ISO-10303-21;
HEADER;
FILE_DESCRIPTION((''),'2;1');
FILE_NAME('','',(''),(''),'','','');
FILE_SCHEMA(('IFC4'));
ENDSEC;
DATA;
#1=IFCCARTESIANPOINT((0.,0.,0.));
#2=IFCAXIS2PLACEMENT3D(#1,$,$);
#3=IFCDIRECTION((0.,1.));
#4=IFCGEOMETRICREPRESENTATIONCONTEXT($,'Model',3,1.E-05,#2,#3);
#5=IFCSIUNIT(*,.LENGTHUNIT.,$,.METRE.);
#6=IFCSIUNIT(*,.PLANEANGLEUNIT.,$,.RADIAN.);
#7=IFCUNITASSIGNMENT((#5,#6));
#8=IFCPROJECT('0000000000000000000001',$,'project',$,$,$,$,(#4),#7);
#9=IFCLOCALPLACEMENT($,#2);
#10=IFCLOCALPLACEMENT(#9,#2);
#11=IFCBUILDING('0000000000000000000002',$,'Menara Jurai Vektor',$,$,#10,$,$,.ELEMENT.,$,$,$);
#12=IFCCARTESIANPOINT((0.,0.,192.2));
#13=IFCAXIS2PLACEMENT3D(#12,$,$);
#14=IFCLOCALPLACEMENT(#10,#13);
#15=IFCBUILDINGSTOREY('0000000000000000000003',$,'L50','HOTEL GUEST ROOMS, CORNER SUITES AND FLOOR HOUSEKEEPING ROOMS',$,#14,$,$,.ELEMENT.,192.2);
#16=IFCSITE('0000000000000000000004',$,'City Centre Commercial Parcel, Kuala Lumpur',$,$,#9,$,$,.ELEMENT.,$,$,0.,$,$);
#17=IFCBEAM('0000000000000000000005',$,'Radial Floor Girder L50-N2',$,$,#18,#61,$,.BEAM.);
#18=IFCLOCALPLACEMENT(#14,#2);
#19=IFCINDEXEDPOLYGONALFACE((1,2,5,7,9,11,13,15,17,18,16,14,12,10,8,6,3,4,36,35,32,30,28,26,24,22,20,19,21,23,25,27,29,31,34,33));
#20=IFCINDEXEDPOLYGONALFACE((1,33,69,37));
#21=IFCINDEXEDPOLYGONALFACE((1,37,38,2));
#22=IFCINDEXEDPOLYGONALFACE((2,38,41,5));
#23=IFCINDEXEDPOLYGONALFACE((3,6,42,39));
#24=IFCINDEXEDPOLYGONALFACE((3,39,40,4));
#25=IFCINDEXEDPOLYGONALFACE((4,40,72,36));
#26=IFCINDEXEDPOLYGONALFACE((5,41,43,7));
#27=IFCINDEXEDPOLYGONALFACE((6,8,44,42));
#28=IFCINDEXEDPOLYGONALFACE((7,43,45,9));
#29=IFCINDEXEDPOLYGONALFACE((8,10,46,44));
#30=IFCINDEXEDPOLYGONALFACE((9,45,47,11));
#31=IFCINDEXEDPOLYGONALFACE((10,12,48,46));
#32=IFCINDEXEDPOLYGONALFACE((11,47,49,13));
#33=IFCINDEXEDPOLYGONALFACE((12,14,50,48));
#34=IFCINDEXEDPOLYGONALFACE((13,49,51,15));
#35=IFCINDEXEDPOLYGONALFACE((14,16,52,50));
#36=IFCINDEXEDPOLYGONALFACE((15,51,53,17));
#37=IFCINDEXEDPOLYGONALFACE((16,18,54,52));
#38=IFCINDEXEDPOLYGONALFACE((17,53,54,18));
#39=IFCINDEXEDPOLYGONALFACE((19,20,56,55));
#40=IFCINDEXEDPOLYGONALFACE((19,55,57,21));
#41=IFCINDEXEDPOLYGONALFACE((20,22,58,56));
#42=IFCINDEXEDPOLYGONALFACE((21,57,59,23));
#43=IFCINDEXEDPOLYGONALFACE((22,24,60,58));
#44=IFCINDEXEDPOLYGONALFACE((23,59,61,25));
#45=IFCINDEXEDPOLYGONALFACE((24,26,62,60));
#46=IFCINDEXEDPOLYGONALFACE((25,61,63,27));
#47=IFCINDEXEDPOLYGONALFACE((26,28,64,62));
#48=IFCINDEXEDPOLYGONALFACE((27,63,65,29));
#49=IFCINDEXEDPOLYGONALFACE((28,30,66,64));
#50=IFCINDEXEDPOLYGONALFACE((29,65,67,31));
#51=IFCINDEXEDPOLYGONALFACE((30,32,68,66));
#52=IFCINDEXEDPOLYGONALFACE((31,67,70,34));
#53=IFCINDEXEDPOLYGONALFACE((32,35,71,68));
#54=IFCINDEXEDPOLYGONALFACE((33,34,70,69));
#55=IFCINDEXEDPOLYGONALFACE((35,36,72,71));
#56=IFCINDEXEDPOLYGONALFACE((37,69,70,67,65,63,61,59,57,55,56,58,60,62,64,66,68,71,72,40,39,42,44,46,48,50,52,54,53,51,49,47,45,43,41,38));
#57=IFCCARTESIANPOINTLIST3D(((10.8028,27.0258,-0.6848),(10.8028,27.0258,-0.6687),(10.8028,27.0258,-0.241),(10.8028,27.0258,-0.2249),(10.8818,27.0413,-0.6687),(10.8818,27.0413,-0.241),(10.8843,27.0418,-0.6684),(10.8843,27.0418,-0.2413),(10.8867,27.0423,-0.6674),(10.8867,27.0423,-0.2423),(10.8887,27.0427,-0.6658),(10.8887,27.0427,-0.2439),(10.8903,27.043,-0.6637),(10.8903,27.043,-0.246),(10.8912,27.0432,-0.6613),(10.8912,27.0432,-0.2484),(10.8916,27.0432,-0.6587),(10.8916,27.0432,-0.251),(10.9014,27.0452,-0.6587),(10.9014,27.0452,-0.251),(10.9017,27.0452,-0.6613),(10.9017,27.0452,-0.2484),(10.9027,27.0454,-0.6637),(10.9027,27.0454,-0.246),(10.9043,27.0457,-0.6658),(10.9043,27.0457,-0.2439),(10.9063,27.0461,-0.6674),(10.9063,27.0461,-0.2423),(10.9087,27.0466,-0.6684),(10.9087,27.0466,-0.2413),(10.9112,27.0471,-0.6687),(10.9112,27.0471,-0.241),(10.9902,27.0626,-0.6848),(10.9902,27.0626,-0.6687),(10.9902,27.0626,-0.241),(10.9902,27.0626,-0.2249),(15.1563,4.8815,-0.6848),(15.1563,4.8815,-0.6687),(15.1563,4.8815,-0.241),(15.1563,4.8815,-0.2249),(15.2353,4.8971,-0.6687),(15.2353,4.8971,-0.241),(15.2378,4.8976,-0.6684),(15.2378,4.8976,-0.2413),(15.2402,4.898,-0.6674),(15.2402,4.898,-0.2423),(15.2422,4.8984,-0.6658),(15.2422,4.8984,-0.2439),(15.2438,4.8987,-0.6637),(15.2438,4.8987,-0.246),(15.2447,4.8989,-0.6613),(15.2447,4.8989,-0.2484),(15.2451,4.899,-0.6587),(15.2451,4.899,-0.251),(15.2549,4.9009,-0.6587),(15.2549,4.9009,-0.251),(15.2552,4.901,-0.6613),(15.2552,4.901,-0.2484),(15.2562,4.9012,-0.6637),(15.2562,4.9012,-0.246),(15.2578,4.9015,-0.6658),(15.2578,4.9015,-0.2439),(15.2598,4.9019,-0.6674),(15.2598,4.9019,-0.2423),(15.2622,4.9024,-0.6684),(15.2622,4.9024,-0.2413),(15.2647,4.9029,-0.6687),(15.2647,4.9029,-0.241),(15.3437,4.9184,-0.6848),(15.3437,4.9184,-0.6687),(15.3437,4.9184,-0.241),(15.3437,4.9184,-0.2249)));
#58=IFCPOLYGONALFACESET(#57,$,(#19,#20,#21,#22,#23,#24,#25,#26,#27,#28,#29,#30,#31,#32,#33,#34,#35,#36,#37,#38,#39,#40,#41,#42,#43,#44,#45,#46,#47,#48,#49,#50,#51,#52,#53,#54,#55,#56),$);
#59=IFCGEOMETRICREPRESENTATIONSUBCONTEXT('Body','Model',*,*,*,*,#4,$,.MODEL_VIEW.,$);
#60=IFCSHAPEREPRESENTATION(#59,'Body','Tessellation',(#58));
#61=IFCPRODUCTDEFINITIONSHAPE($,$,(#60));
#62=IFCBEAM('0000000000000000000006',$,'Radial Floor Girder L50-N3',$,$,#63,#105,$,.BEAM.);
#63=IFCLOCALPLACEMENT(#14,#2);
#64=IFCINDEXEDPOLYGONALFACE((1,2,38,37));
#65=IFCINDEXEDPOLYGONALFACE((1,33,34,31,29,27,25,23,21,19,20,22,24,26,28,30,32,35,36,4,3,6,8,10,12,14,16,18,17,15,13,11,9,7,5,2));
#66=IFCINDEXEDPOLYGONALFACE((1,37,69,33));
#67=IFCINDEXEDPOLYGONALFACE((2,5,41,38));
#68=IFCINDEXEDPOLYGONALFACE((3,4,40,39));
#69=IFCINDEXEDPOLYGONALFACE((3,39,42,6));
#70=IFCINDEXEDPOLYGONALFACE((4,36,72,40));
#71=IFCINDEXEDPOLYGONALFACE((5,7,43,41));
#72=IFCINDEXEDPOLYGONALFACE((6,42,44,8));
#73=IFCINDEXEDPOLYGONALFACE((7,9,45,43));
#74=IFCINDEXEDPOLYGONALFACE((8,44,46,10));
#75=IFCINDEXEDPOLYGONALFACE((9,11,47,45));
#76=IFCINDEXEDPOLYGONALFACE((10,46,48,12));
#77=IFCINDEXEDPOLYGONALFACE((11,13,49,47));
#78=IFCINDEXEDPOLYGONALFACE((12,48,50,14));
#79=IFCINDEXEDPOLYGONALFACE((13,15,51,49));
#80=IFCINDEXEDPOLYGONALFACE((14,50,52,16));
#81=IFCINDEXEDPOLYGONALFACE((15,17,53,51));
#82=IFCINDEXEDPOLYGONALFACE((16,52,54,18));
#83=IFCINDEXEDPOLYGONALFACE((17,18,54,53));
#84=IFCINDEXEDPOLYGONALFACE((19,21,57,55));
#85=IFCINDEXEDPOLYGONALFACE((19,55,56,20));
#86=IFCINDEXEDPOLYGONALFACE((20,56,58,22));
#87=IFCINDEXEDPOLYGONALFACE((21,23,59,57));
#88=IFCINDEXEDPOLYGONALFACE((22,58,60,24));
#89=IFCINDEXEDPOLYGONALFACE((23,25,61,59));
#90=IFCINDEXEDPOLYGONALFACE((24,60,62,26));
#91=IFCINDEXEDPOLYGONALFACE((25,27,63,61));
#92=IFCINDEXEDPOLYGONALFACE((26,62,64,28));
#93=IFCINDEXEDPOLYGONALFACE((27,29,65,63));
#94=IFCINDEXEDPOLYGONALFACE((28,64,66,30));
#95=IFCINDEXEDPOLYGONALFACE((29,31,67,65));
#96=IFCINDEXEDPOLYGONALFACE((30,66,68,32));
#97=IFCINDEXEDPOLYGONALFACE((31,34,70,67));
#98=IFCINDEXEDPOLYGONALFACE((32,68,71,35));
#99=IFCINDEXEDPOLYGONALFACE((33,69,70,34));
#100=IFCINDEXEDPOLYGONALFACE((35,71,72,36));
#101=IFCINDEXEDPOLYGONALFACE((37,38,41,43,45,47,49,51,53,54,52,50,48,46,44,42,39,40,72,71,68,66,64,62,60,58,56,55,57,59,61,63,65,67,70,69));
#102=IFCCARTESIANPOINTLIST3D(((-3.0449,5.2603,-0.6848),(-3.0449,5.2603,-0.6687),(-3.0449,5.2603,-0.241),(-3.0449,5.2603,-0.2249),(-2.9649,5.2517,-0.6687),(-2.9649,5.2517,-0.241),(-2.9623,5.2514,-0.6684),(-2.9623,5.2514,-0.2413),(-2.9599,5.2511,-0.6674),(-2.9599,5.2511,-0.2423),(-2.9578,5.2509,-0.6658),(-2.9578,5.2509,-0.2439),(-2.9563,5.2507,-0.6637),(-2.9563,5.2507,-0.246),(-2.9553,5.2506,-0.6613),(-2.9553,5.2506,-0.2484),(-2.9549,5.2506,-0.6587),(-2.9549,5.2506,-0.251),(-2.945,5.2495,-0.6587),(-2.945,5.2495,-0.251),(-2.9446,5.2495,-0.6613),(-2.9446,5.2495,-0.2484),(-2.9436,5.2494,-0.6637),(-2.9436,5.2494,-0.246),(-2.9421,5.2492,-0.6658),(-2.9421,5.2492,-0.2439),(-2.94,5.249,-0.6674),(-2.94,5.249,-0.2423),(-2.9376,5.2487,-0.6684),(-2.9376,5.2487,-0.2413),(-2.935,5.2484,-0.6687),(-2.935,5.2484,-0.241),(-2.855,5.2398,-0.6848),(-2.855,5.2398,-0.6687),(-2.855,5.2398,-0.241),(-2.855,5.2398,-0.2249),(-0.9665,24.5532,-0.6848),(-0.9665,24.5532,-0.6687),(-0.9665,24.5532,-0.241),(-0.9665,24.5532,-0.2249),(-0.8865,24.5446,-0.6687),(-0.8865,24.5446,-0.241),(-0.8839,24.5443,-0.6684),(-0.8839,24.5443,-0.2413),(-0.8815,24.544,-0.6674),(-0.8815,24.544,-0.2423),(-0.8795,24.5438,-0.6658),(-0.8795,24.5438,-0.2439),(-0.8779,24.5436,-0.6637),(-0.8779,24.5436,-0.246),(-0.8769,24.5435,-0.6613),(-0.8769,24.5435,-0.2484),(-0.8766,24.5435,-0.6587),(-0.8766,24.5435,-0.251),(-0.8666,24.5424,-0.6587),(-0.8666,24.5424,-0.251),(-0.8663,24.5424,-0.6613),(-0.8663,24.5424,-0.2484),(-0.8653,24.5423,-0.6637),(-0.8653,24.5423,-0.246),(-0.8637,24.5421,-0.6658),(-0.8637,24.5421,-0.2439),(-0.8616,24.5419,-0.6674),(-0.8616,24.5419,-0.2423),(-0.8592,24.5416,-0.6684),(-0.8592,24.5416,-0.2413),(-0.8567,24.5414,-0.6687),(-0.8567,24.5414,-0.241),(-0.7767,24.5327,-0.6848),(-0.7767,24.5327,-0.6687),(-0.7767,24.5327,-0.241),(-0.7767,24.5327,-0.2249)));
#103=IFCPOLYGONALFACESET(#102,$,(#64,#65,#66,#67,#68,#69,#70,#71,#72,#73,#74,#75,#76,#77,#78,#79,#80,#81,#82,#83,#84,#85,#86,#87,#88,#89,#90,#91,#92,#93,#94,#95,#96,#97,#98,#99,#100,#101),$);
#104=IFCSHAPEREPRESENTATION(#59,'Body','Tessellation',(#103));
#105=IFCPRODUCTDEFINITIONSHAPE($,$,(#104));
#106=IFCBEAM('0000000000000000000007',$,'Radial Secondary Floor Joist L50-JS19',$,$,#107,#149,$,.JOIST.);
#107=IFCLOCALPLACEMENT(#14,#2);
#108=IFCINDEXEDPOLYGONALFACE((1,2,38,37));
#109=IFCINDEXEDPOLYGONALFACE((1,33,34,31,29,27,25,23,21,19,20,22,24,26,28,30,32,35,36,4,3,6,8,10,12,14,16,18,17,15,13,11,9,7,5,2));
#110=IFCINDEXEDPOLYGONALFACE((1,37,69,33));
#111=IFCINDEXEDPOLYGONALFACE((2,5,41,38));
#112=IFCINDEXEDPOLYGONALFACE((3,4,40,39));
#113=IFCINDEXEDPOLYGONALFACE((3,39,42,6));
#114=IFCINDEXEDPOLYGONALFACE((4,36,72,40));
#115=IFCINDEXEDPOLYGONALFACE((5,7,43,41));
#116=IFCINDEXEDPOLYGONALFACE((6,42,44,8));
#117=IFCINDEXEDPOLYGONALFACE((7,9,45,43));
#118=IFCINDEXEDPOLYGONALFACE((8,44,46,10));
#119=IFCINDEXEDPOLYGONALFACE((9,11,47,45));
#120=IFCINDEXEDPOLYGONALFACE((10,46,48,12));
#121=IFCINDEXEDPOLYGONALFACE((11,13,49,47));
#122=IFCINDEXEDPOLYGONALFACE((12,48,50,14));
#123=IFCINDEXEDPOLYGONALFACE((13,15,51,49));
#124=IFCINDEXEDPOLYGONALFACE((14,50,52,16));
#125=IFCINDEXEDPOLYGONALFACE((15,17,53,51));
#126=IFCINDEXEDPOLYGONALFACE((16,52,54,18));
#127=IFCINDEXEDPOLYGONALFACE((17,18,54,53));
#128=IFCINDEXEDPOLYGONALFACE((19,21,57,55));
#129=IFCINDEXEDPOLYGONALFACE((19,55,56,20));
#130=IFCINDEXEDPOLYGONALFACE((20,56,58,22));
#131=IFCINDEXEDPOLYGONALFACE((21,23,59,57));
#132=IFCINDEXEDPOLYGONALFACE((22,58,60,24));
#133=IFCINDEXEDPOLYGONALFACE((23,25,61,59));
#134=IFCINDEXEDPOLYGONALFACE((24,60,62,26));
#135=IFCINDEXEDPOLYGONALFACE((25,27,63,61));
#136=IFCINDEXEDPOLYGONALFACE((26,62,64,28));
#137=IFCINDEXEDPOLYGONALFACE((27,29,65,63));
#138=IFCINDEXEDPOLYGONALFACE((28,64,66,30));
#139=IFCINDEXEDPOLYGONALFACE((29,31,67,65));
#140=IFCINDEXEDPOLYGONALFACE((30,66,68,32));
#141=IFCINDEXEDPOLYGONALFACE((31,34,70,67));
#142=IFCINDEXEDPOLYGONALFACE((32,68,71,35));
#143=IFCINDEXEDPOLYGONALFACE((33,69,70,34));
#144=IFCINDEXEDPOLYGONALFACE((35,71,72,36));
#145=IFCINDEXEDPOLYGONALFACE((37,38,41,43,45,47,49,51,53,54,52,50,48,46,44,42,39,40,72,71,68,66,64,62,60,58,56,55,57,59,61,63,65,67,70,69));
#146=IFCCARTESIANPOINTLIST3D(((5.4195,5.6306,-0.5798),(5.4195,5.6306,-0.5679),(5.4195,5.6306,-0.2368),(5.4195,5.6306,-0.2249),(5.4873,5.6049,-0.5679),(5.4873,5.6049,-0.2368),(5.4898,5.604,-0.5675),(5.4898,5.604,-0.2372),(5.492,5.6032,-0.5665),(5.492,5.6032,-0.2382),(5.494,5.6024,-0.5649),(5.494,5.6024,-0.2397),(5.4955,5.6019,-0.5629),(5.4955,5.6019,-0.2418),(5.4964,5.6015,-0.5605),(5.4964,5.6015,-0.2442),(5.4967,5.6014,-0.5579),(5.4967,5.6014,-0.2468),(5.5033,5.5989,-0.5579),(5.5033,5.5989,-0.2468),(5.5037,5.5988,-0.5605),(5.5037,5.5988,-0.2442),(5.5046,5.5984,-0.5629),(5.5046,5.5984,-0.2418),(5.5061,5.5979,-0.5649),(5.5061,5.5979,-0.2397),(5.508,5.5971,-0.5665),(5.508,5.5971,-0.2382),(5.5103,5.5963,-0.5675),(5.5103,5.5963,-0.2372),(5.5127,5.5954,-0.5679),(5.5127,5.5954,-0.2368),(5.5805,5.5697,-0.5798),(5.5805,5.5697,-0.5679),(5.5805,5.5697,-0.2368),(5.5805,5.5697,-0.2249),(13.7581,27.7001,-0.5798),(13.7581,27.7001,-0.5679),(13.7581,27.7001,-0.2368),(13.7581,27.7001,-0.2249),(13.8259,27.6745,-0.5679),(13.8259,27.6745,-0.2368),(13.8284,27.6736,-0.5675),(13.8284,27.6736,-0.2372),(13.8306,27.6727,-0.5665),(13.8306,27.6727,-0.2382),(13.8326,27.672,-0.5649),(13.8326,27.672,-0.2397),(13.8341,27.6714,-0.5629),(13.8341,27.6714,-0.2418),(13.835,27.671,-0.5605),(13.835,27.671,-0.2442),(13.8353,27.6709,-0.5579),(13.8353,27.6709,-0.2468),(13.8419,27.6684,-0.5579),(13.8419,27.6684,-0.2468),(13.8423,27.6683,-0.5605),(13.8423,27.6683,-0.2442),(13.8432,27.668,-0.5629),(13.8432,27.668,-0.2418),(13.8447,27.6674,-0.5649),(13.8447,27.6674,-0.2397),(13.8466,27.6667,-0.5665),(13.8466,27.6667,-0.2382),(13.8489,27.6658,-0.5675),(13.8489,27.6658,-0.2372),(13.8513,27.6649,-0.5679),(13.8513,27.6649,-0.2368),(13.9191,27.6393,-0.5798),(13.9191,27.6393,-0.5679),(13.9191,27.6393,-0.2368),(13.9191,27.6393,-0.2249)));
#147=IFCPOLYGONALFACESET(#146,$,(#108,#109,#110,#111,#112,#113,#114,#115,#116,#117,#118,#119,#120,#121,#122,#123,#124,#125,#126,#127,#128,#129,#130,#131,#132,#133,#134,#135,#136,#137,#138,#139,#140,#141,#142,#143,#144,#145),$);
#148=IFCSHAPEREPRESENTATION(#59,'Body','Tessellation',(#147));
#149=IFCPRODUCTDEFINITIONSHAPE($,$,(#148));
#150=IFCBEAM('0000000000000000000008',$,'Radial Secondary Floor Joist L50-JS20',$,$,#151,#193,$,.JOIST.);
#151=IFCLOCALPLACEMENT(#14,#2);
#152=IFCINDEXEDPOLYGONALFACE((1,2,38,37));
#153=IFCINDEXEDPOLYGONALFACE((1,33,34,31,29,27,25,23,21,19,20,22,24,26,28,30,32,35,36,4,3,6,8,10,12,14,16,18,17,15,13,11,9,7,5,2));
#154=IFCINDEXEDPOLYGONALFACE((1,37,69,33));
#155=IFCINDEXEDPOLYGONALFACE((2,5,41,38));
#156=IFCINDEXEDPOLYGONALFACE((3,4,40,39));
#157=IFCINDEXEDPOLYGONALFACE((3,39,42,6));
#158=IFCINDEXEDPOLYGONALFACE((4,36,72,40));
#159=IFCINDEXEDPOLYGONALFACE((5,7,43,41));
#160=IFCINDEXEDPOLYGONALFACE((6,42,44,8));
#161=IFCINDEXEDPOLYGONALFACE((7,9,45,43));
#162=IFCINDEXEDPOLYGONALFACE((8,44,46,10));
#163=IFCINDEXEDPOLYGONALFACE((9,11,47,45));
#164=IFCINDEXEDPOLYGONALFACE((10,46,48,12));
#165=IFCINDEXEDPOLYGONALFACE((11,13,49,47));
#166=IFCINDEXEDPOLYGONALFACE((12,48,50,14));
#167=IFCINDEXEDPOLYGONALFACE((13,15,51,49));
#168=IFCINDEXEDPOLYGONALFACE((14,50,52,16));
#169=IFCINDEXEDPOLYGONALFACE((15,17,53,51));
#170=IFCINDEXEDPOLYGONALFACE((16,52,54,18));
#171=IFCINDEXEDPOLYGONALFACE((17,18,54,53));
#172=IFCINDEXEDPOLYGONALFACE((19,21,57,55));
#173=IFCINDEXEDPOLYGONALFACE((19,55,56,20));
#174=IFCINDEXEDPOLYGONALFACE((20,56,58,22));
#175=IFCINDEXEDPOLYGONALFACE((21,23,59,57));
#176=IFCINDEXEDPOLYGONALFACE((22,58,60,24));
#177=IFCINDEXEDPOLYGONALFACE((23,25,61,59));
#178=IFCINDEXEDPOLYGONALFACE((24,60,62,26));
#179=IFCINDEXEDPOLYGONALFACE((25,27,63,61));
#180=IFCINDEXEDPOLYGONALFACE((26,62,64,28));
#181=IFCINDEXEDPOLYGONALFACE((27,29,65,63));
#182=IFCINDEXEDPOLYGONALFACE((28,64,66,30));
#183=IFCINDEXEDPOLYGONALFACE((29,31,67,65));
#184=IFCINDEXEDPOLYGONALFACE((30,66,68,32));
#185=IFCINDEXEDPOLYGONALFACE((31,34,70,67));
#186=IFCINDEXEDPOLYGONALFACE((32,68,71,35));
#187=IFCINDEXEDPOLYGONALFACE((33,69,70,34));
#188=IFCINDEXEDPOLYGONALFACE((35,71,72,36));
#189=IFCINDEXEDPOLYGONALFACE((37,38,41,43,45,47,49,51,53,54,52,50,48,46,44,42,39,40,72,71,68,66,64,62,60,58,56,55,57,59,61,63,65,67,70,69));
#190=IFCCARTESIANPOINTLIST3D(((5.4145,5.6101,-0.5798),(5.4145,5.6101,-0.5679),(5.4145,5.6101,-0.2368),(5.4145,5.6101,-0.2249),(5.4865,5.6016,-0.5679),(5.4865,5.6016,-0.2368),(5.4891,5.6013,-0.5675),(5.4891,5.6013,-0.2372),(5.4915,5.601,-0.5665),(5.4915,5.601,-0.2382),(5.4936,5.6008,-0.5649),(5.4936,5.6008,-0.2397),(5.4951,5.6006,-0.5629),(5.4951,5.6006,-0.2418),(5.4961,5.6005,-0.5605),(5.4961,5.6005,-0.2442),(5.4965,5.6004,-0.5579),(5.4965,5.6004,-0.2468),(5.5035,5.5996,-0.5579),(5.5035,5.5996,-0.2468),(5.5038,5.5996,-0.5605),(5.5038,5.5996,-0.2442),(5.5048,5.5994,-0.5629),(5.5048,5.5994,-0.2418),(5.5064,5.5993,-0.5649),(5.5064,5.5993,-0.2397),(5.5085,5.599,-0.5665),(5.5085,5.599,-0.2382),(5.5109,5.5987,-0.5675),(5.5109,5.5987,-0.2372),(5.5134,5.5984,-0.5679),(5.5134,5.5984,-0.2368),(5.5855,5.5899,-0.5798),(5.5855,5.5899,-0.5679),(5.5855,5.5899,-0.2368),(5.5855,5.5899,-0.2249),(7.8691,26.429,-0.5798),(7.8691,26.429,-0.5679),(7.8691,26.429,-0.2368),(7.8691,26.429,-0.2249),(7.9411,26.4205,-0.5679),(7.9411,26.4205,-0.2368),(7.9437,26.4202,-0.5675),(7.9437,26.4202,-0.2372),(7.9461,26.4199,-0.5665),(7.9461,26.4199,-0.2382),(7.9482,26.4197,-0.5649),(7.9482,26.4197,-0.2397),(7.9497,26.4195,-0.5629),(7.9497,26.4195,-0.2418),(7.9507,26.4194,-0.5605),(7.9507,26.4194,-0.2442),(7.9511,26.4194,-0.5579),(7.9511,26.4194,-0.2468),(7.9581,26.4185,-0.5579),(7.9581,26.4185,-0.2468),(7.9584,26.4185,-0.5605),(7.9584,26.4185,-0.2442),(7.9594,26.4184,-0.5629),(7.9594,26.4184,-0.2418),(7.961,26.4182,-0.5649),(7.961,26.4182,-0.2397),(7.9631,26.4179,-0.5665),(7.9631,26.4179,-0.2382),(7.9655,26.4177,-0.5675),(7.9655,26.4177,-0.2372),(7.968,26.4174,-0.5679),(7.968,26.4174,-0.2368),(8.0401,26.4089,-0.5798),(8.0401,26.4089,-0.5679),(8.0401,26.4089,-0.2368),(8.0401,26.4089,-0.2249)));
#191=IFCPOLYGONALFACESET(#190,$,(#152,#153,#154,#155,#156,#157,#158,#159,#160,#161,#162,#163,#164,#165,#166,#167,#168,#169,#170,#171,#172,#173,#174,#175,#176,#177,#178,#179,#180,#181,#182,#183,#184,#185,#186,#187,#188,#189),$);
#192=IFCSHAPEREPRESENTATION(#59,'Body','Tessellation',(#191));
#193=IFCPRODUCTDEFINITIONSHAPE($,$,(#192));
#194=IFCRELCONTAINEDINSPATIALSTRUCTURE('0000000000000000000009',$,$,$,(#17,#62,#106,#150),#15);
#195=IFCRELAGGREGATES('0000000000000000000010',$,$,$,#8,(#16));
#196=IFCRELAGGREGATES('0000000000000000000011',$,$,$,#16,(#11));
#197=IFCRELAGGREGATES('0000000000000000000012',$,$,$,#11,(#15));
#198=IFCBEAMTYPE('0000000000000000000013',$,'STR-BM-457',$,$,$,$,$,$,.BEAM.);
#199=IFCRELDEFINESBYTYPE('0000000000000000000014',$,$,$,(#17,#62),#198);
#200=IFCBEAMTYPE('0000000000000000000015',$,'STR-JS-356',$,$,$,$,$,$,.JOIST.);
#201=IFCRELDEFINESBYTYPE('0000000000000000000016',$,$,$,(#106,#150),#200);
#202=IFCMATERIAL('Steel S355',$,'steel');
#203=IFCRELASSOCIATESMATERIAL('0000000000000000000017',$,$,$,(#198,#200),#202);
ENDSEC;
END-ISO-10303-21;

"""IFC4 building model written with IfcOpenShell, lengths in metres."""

from ifc_helpers import new_model, si_unit, direction, frame, origin, origin_2d, place, context, subcontext, project, spatial, i_section, extrude, material, material_profile, profile_set, type_object, element, save


model = new_model("IFC4")

# Units and contexts
model_context = context("Model", 3, precision=1e-05, world=origin(), true_north=direction((0.0, 1.0)))
body_context = subcontext(model_context, "Body", "Model", "MODEL_VIEW")
ifc_project = project(units=[si_unit("LENGTHUNIT", "METRE"), si_unit("PLANEANGLEUNIT", "RADIAN")], contexts=[model_context])

# Site, building, storey
site_placement = place(None, origin())
site = spatial("IfcSite", under=ifc_project, at=site_placement, Name="City Centre Commercial Parcel, Kuala Lumpur", CompositionType="ELEMENT", RefElevation=0.0)
building_placement = place(site_placement, origin())
building = spatial("IfcBuilding", under=site, at=building_placement, Name="Menara Jurai Vektor", CompositionType="ELEMENT")
storey_placement = place(building_placement, frame((0.0, 0.0, 192.2)))
storey = spatial("IfcBuildingStorey", under=building, at=storey_placement, Name="L50", Description="HOTEL GUEST ROOMS, CORNER SUITES AND FLOOR HOUSEKEEPING ROOMS", CompositionType="ELEMENT", Elevation=192.2)

# Beams
ifc_material_1 = material(Name="Steel S355", Category="steel")
ifc_material_profile_1 = material_profile(ifc_material_1, i_section(OverallWidth=0.1909, OverallDepth=0.46, WebThickness=0.01, FlangeThickness=0.0161, FilletRadius=0.01, at=origin_2d()), Name="UKB 457x191x82")
ifc_profile_set_1 = profile_set([ifc_material_profile_1], Name="Steel S355")
beam_type_1 = type_object("IfcBeamType", Name="STR-BM-457", PredefinedType="BEAM", material=ifc_profile_set_1)
beam_1_placement = place(storey_placement, frame((10.8965, 27.0442, -0.4548), z_axis=(0.192905, -0.981217, 0.0), x_axis=(0.981217, 0.192905, 0.0)))
element("IfcBeam", 1, at=beam_1_placement, inside=storey, type_object=beam_type_1, Name="Radial Floor Girder L50-N2", PredefinedType="BEAM", context=body_context, shape_type="SweptSolid", body=[
    extrude(i_section(OverallWidth=0.1909, OverallDepth=0.46, WebThickness=0.01, FlangeThickness=0.0161, FilletRadius=0.01, at=origin_2d()), origin(), (0.0, 0.0, 1.0), 22.5681),
])
beam_2_placement = place(storey_placement, frame((-0.8716, 24.543, -0.4548), z_axis=(-0.107107, -0.994247, 0.0), x_axis=(0.994247, -0.107107, 0.0)))
element("IfcBeam", 2, at=beam_2_placement, inside=storey, type_object=beam_type_1, Name="Radial Floor Girder L50-N3", PredefinedType="BEAM", context=body_context, shape_type="SweptSolid", body=[
    extrude(i_section(OverallWidth=0.1909, OverallDepth=0.46, WebThickness=0.01, FlangeThickness=0.0161, FilletRadius=0.01, at=origin_2d()), origin(), (0.0, 0.0, 1.0), 19.4045),
])
ifc_material_profile_2 = material_profile(ifc_material_1, i_section(OverallWidth=0.1721, OverallDepth=0.355, WebThickness=0.0071, FlangeThickness=0.012, FilletRadius=0.01, at=origin_2d()), Name="UKB 356x171x51")
ifc_profile_set_2 = profile_set([ifc_material_profile_2], Name="Steel S355")
beam_type_2 = type_object("IfcBeamType", Name="STR-JS-356", PredefinedType="JOIST", material=ifc_profile_set_2)
beam_3_placement = place(storey_placement, frame((13.8386, 27.6697, -0.4023), z_axis=(-0.353446, -0.935455, 0.0), x_axis=(0.935455, -0.353446, 0.0)))
element("IfcBeam", 3, at=beam_3_placement, inside=storey, type_object=beam_type_2, Name="Radial Secondary Floor Joist L50-JS19", PredefinedType="JOIST", context=body_context, shape_type="SweptSolid", body=[
    extrude(i_section(OverallWidth=0.1721, OverallDepth=0.355, WebThickness=0.0071, FlangeThickness=0.012, FilletRadius=0.01, at=origin_2d()), origin(), (0.0, 0.0, 1.0), 23.5923),
])
beam_4_placement = place(storey_placement, frame((7.9546, 26.4189, -0.4023), z_axis=(-0.117091, -0.993121, 0.0), x_axis=(0.993121, -0.117091, 0.0)))
element("IfcBeam", 4, at=beam_4_placement, inside=storey, type_object=beam_type_2, Name="Radial Secondary Floor Joist L50-JS20", PredefinedType="JOIST", context=body_context, shape_type="SweptSolid", body=[
    extrude(i_section(OverallWidth=0.1721, OverallDepth=0.355, WebThickness=0.0071, FlangeThickness=0.012, FilletRadius=0.01, at=origin_2d()), origin(), (0.0, 0.0, 1.0), 20.9631),
])

save(model, "model.ifc")
